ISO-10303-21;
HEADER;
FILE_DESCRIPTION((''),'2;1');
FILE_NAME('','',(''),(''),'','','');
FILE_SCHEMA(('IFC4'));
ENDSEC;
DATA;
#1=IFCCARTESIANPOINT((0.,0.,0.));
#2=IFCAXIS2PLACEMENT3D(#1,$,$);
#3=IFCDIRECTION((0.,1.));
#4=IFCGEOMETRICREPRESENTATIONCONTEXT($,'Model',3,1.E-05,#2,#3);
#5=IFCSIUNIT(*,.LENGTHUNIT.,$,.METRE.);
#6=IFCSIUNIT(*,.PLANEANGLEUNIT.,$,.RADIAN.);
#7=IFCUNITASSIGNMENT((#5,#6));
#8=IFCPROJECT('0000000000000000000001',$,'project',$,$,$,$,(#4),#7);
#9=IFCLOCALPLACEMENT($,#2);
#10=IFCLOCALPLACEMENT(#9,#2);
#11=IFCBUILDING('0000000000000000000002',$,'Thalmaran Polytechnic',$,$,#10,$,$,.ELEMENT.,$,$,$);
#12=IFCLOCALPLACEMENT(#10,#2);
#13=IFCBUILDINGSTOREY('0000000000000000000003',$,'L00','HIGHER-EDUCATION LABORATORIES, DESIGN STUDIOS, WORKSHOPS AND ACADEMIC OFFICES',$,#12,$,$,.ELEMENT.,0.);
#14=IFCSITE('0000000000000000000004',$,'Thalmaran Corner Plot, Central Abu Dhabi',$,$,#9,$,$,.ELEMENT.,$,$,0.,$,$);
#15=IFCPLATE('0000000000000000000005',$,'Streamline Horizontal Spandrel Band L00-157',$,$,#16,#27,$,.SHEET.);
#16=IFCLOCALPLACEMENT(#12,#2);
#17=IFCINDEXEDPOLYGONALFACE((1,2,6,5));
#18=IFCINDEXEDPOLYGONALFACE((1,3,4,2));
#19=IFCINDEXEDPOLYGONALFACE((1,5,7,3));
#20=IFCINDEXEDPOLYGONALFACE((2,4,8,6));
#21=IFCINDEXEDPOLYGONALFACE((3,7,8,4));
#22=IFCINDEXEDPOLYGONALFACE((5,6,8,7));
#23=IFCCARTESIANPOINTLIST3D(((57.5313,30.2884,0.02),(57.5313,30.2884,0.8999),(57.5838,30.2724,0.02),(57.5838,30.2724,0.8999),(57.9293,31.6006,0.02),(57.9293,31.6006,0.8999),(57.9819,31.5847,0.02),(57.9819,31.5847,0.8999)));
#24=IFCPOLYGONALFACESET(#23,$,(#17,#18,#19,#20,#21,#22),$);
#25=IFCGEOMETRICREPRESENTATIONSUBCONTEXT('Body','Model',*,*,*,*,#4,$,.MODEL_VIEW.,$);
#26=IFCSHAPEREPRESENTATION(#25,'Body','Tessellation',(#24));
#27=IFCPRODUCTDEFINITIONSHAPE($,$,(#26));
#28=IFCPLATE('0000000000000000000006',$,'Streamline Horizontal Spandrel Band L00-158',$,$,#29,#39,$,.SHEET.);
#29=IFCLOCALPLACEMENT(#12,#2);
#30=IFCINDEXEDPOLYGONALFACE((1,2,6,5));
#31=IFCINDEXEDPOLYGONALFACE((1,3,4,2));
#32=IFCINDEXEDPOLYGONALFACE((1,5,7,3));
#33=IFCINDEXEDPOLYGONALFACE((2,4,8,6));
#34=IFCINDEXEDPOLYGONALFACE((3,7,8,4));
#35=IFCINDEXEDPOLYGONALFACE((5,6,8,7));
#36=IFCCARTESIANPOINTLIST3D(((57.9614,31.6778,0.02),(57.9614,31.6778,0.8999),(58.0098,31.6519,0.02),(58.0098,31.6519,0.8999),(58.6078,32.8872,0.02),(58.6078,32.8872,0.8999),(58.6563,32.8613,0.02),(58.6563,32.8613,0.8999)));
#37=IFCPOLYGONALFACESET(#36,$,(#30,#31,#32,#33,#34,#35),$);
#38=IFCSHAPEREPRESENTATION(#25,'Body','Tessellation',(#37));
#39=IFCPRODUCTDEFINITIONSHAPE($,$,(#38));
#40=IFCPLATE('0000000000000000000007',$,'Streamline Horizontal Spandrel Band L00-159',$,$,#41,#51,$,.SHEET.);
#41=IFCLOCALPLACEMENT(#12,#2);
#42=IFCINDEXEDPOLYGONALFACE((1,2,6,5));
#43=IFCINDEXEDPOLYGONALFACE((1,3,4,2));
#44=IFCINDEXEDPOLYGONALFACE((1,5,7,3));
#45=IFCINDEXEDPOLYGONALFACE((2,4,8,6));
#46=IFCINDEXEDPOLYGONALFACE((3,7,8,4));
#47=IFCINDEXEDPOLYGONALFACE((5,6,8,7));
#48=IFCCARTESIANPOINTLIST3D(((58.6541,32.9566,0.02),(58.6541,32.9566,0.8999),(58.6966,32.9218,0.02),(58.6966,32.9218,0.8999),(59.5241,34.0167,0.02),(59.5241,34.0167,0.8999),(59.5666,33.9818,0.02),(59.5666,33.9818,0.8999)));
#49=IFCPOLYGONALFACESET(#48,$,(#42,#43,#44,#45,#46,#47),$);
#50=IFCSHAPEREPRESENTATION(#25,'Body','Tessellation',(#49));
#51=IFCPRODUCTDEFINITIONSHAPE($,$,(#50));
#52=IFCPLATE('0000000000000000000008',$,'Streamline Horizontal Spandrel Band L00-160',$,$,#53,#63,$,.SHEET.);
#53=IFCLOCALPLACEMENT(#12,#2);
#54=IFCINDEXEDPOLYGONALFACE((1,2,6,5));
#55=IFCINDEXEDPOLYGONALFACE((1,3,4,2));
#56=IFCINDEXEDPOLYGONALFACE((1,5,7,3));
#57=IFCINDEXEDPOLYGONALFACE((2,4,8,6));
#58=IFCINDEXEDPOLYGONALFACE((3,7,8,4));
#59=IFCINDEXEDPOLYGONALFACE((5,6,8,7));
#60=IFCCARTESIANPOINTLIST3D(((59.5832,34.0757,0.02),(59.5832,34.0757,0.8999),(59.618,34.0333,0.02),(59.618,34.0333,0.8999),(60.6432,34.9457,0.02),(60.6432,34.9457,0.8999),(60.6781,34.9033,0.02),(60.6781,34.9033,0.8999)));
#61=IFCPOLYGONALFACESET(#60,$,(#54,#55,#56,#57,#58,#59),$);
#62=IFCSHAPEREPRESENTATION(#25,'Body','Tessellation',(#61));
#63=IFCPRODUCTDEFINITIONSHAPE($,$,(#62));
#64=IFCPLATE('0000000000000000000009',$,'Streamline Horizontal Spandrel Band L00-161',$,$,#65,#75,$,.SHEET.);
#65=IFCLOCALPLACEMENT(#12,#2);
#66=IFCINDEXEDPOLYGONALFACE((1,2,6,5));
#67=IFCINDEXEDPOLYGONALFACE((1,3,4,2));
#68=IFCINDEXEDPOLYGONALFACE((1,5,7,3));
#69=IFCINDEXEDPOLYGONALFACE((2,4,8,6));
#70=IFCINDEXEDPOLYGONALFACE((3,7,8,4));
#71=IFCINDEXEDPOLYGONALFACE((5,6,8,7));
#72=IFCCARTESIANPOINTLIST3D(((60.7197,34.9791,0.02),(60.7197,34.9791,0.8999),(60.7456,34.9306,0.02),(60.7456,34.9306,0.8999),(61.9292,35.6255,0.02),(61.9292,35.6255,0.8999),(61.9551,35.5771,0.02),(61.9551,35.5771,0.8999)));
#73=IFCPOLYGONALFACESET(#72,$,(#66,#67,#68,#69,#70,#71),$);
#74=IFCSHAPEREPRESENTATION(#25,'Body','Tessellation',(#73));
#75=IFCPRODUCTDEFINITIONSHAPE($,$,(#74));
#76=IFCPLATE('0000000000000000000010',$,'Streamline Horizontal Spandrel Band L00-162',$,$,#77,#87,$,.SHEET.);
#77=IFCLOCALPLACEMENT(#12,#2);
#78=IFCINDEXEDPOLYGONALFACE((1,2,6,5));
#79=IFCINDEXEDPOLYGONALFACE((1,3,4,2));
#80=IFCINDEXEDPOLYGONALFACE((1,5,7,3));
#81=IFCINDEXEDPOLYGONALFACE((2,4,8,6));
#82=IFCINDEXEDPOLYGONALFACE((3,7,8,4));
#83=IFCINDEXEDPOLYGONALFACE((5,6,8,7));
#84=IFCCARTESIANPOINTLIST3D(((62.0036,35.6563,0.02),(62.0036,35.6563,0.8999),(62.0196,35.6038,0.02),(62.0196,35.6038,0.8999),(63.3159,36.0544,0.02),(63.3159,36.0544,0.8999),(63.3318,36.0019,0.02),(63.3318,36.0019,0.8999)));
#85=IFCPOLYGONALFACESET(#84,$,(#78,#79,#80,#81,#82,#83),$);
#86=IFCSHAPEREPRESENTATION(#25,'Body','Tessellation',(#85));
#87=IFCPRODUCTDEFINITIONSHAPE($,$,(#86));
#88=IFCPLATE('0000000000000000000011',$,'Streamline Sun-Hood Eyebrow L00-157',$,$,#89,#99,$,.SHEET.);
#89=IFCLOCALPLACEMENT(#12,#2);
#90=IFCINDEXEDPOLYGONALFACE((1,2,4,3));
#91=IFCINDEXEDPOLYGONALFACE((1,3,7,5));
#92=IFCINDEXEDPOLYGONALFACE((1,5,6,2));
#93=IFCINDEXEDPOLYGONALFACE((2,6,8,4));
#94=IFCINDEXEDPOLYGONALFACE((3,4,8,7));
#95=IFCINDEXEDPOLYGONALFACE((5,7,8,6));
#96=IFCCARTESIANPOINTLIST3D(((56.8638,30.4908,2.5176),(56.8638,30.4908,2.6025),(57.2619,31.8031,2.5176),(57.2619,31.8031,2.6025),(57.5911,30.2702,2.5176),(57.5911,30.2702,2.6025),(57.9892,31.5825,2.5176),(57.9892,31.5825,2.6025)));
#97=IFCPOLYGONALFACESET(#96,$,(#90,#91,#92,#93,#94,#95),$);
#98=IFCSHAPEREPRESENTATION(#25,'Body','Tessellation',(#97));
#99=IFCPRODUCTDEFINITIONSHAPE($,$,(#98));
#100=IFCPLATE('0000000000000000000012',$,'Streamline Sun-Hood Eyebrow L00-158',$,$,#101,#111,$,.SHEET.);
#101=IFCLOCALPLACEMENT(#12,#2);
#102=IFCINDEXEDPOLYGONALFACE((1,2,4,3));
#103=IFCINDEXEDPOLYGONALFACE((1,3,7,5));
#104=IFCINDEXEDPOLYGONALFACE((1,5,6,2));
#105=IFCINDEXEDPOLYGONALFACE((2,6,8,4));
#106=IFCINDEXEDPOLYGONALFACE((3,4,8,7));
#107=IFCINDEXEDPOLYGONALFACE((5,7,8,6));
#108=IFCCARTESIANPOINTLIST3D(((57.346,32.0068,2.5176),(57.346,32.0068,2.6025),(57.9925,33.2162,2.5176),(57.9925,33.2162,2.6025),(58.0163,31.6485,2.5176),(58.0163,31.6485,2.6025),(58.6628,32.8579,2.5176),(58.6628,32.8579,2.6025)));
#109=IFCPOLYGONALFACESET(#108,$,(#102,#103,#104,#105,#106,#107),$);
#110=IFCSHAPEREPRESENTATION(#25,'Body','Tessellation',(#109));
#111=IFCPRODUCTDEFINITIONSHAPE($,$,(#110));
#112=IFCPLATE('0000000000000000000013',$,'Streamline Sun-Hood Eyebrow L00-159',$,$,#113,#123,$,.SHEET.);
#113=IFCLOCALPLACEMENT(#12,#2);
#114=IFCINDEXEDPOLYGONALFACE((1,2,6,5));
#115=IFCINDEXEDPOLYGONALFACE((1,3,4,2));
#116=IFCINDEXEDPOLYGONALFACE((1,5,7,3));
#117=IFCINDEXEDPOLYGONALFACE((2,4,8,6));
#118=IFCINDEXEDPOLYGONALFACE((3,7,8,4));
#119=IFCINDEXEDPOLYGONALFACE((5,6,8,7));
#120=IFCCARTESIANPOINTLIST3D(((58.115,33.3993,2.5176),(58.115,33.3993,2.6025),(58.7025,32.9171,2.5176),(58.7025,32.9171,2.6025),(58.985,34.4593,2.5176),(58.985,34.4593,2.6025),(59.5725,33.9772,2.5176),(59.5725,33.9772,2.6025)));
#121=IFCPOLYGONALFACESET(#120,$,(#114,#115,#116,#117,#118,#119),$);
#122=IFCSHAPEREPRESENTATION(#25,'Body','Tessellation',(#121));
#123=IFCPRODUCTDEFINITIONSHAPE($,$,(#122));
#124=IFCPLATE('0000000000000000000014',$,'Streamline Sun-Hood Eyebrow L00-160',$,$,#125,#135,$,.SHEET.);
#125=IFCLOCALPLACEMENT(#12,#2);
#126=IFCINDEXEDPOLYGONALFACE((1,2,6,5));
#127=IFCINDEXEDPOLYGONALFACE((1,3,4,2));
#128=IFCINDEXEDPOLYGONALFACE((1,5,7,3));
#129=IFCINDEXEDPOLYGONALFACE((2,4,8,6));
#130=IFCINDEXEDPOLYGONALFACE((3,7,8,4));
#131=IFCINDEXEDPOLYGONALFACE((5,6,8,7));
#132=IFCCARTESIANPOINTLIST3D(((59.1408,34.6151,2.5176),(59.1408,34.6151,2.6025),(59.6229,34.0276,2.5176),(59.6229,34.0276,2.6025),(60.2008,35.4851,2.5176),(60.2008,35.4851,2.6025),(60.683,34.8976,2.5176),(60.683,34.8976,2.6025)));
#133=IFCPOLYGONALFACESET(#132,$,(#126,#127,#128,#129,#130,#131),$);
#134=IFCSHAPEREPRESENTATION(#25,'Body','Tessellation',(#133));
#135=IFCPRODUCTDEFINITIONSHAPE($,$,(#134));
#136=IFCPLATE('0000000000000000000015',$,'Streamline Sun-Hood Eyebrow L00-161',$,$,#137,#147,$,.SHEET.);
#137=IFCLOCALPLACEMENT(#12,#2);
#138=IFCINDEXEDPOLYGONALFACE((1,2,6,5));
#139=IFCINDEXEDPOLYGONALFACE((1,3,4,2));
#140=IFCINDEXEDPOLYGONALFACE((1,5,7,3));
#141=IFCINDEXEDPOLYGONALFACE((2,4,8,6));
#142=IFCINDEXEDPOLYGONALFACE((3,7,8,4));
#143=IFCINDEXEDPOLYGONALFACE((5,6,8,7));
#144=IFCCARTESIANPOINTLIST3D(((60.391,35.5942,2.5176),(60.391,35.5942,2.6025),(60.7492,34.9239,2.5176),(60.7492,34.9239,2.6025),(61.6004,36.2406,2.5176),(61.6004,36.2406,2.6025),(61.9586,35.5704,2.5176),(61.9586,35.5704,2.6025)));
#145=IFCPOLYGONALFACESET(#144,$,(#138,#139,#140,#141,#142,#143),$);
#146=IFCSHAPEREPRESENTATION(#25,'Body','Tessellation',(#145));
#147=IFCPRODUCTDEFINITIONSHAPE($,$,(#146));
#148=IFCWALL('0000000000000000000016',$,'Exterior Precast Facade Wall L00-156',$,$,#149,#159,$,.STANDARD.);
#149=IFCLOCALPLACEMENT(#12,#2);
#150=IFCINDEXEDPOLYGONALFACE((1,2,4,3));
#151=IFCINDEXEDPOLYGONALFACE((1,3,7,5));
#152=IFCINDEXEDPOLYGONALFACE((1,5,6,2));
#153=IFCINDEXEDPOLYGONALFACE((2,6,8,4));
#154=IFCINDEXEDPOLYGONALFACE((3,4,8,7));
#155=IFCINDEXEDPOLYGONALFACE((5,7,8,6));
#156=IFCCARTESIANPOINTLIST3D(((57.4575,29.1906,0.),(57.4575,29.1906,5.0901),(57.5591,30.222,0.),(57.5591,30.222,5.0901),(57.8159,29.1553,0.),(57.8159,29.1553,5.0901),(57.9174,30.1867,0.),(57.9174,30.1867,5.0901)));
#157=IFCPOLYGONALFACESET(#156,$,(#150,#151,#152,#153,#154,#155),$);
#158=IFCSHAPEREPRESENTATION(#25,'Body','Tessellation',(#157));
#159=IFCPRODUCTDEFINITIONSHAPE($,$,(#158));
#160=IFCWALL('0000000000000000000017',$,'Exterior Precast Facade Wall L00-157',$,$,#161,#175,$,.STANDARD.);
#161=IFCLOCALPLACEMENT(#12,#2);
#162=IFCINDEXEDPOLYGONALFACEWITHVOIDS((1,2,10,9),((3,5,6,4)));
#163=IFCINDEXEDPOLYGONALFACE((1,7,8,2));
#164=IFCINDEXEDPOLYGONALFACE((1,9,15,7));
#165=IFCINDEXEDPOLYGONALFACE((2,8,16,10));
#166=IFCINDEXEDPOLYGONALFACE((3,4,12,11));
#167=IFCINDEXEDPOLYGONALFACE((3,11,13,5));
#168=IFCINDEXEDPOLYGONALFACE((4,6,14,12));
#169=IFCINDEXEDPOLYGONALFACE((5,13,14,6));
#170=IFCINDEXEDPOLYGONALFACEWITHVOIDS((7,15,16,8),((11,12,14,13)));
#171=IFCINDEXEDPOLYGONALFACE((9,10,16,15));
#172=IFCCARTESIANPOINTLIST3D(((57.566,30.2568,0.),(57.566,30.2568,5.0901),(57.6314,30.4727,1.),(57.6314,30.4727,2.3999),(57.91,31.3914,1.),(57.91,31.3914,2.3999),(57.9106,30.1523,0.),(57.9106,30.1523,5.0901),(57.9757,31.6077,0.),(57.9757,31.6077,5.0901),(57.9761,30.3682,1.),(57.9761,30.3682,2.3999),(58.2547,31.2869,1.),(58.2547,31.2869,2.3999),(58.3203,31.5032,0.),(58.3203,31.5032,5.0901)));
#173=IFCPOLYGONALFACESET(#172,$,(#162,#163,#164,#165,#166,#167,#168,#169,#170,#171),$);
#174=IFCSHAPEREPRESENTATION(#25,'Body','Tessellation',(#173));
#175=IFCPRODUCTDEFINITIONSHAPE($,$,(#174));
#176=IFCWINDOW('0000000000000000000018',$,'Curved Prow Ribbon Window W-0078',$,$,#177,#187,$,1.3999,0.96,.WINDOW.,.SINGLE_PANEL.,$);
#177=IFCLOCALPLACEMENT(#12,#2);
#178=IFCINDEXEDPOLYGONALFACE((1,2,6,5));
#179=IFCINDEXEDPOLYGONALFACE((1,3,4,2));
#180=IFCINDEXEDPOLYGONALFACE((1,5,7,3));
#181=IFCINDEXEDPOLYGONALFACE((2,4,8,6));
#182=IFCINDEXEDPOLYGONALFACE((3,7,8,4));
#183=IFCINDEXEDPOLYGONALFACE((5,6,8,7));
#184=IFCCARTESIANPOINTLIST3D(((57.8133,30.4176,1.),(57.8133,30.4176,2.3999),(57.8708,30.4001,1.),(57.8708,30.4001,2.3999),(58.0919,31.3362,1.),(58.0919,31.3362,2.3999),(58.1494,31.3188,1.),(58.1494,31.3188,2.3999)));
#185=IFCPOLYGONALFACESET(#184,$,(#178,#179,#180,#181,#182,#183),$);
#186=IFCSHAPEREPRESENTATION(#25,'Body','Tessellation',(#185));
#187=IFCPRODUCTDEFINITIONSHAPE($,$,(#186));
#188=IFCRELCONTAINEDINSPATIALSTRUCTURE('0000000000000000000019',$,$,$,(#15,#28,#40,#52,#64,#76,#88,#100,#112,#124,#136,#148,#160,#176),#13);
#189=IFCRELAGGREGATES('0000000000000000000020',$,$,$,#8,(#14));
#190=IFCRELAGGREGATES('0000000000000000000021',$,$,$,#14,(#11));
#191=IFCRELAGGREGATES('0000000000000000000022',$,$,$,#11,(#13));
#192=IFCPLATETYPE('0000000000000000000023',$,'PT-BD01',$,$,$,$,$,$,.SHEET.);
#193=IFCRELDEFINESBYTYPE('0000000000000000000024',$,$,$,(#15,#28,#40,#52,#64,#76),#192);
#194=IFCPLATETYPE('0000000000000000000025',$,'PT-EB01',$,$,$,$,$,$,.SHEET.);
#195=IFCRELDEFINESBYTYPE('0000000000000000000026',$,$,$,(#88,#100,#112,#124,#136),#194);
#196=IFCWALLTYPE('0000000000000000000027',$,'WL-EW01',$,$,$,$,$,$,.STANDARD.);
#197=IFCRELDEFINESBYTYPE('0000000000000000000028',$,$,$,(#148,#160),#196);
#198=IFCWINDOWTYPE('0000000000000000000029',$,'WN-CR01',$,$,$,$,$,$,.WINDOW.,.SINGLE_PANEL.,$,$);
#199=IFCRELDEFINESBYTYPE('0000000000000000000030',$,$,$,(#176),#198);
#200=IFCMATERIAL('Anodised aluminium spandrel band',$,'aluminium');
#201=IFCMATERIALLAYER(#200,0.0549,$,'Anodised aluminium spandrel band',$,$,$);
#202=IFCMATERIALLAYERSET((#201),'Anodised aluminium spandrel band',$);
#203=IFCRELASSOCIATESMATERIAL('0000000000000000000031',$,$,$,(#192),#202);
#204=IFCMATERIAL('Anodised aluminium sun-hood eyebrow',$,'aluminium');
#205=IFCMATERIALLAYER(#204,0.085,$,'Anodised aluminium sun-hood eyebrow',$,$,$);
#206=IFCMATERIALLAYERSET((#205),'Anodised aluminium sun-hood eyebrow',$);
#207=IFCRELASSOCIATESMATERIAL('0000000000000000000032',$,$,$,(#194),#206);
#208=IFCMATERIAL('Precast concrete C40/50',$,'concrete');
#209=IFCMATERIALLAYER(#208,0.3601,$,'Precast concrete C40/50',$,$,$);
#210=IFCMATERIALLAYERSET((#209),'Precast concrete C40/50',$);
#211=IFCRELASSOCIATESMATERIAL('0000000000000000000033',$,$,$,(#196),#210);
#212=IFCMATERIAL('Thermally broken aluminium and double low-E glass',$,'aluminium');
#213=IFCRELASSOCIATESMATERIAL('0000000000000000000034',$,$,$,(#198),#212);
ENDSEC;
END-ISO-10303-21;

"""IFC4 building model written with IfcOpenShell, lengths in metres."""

from ifc_helpers import new_model, si_unit, direction, frame, frame_2d, origin, origin_2d, place, context, subcontext, project, spatial, rectangle, extrude, material, layer, layer_set, type_object, element, fill, save


model = new_model("IFC4")

# Units and contexts
model_context = context("Model", 3, precision=1e-05, world=origin(), true_north=direction((0.0, 1.0)))
body_context = subcontext(model_context, "Body", "Model", "MODEL_VIEW")
ifc_project = project(units=[si_unit("LENGTHUNIT", "METRE"), si_unit("PLANEANGLEUNIT", "RADIAN")], contexts=[model_context])

# Site, building, storey
site_placement = place(None, origin())
site = spatial("IfcSite", under=ifc_project, at=site_placement, Name="Thalmaran Corner Plot, Central Abu Dhabi", CompositionType="ELEMENT", RefElevation=0.0)
building_placement = place(site_placement, origin())
building = spatial("IfcBuilding", under=site, at=building_placement, Name="Thalmaran Polytechnic", CompositionType="ELEMENT")
storey_placement = place(building_placement, origin())
storey = spatial("IfcBuildingStorey", under=building, at=storey_placement, Name="L00", Description="HIGHER-EDUCATION LABORATORIES, DESIGN STUDIOS, WORKSHOPS AND ACADEMIC OFFICES", CompositionType="ELEMENT", Elevation=0.0)

# Plates
ifc_material_1 = material(Name="Anodised aluminium spandrel band", Category="aluminium")
ifc_layer_1 = layer(ifc_material_1, 0.0549, Name="Anodised aluminium spandrel band")
ifc_layer_set_1 = layer_set([ifc_layer_1], Name="Anodised aluminium spandrel band")
plate_type_1 = type_object("IfcPlateType", Name="PT-BD01", PredefinedType="SHEET", material=ifc_layer_set_1)
for number, where, z_axis, x_axis, name in (
    (1, (57.7566, 30.9365, 0.02), (0.0, 0.0, 1.0), (0.290285, 0.95694, 0.0), "Streamline Horizontal Spandrel Band L00-157"),
    (2, (58.3088, 32.2695, 0.02), (0.0, 0.0, 1.0), (0.471397, 0.881921, 0.0), "Streamline Horizontal Spandrel Band L00-158"),
    (3, (59.1104, 33.4692, 0.02), (0.0, 0.0, 1.0), (0.634393, 0.77301, 0.0), "Streamline Horizontal Spandrel Band L00-159"),
    (4, (60.1306, 34.4895, 0.02), (0.0, 0.0, 1.0), (0.77301, 0.634393, 0.0), "Streamline Horizontal Spandrel Band L00-160"),
    (5, (61.3374, 35.2781, 0.02), (0.0, 0.0, 1.0), (0.881921, 0.471397, 0.0), "Streamline Horizontal Spandrel Band L00-161"),
    (6, (62.6677, 35.8291, 0.02), (0.0, 0.0, 1.0), (0.95694, 0.290285, 0.0), "Streamline Horizontal Spandrel Band L00-162"),
):
    element("IfcPlate", number, at=place(storey_placement, frame(where, z_axis=z_axis, x_axis=x_axis)), inside=storey, type_object=plate_type_1, Name=name, PredefinedType="SHEET", context=body_context, shape_type="SweptSolid", body=[
        extrude(rectangle(XDim=1.3713, YDim=0.0549, at=origin_2d()), origin(), (0.0, 0.0, 1.0), 0.8799),
    ])
ifc_material_2 = material(Name="Anodised aluminium sun-hood eyebrow", Category="aluminium")
ifc_layer_2 = layer(ifc_material_2, 0.085, Name="Anodised aluminium sun-hood eyebrow")
ifc_layer_set_2 = layer_set([ifc_layer_2], Name="Anodised aluminium sun-hood eyebrow")
plate_type_2 = type_object("IfcPlateType", Name="PT-EB01", PredefinedType="SHEET", material=ifc_layer_set_2)
for number, where, z_axis, x_axis, name in (
    (7, (57.4265, 31.0366, 2.5176), (0.0, 0.0, 1.0), (0.290285, 0.95694, 0.0), "Streamline Sun-Hood Eyebrow L00-157"),
    (8, (58.0044, 32.4324, 2.5176), (0.0, 0.0, 1.0), (0.471397, 0.881921, 0.0), "Streamline Sun-Hood Eyebrow L00-158"),
    (9, (58.8438, 33.6882, 2.5176), (0.0, 0.0, 1.0), (0.634393, 0.77301, 0.0), "Streamline Sun-Hood Eyebrow L00-159"),
    (10, (59.9119, 34.7563, 2.5176), (0.0, 0.0, 1.0), (0.77301, 0.634393, 0.0), "Streamline Sun-Hood Eyebrow L00-160"),
    (11, (61.1748, 35.5823, 2.5176), (0.0, 0.0, 1.0), (0.881921, 0.471397, 0.0), "Streamline Sun-Hood Eyebrow L00-161"),
):
    element("IfcPlate", number, at=place(storey_placement, frame(where, z_axis=z_axis, x_axis=x_axis)), inside=storey, type_object=plate_type_2, Name=name, PredefinedType="SHEET", context=body_context, shape_type="SweptSolid", body=[
        extrude(rectangle(XDim=1.3713, YDim=0.76, at=origin_2d()), origin(), (0.0, 0.0, 1.0), 0.085),
    ])

# Wall
ifc_material_3 = material(Name="Precast concrete C40/50", Category="concrete")
ifc_layer_3 = layer(ifc_material_3, 0.3601, Name="Precast concrete C40/50")
ifc_layer_set_3 = layer_set([ifc_layer_3], Name="Precast concrete C40/50")
wall_type_1 = type_object("IfcWallType", Name="WL-EW01", PredefinedType="STANDARD", material=ifc_layer_set_3)
wall_1_placement = place(storey_placement, frame((57.6367, 29.1731, 0.0), z_axis=(0.0, 0.0, 1.0), x_axis=(0.097988, 0.995188, 0.0)))
element("IfcWall", 12, at=wall_1_placement, inside=storey, type_object=wall_type_1, Name="Exterior Precast Facade Wall L00-156", PredefinedType="STANDARD", context=body_context, shape_type="SweptSolid", body=[
    extrude(rectangle(XDim=1.0364, YDim=0.3601, at=frame_2d((0.5181, 0.0))), origin(), (0.0, 0.0, 1.0), 5.0901),
])

# Wall, opening, window
wall_2_placement = place(storey_placement, frame((57.7383, 30.2046, 0.0), z_axis=(0.0, 0.0, 1.0), x_axis=(0.290219, 0.95696, 0.0)))
wall_2 = element("IfcWall", 13, at=wall_2_placement, inside=storey, type_object=wall_type_1, Name="Exterior Precast Facade Wall L00-157", PredefinedType="STANDARD", context=body_context, shape_type="SweptSolid", body=[
    extrude(rectangle(XDim=1.4116, YDim=0.3601, at=frame_2d((0.7058, 0.0))), origin(), (0.0, 0.0, 1.0), 5.0901),
])
opening_1_placement = place(wall_2_placement, frame((0.2256, 0.0, 1.0)))
opening_1 = element("IfcOpeningElement", 14, at=opening_1_placement, cuts=wall_2, PredefinedType="OPENING", context=body_context, shape_type="SweptSolid", body=[
    extrude(rectangle(XDim=0.96, YDim=1.3999, at=frame_2d((0.48, 0.7))), frame((0.0, 0.1899, 0.0), z_axis=(0.0, -1.0, 0.0), x_axis=(1.0, 0.0, 0.0)), (0.0, 0.0, 1.0), 0.3801),
])
ifc_material_4 = material(Name="Thermally broken aluminium and double low-E glass", Category="aluminium")
window_type = type_object("IfcWindowType", Name="WN-CR01", PartitioningType="SINGLE_PANEL", PredefinedType="WINDOW", material=ifc_material_4)
window_1_placement = place(opening_1_placement, origin())
window_1 = element("IfcWindow", 15, at=window_1_placement, inside=storey, type_object=window_type, Name="Curved Prow Ribbon Window W-0078", OverallHeight=1.3999, OverallWidth=0.96, PartitioningType="SINGLE_PANEL", PredefinedType="WINDOW", context=body_context, shape_type="SweptSolid", body=[
    extrude(rectangle(XDim=0.96, YDim=1.3999, at=frame_2d((0.48, 0.7))), frame((0.0, -0.01, 0.0), z_axis=(0.0, -1.0, 0.0), x_axis=(1.0, 0.0, 0.0)), (0.0, 0.0, 1.0), 0.0601),
])
fill(opening_1, window_1)

save(model, "model.ifc")
